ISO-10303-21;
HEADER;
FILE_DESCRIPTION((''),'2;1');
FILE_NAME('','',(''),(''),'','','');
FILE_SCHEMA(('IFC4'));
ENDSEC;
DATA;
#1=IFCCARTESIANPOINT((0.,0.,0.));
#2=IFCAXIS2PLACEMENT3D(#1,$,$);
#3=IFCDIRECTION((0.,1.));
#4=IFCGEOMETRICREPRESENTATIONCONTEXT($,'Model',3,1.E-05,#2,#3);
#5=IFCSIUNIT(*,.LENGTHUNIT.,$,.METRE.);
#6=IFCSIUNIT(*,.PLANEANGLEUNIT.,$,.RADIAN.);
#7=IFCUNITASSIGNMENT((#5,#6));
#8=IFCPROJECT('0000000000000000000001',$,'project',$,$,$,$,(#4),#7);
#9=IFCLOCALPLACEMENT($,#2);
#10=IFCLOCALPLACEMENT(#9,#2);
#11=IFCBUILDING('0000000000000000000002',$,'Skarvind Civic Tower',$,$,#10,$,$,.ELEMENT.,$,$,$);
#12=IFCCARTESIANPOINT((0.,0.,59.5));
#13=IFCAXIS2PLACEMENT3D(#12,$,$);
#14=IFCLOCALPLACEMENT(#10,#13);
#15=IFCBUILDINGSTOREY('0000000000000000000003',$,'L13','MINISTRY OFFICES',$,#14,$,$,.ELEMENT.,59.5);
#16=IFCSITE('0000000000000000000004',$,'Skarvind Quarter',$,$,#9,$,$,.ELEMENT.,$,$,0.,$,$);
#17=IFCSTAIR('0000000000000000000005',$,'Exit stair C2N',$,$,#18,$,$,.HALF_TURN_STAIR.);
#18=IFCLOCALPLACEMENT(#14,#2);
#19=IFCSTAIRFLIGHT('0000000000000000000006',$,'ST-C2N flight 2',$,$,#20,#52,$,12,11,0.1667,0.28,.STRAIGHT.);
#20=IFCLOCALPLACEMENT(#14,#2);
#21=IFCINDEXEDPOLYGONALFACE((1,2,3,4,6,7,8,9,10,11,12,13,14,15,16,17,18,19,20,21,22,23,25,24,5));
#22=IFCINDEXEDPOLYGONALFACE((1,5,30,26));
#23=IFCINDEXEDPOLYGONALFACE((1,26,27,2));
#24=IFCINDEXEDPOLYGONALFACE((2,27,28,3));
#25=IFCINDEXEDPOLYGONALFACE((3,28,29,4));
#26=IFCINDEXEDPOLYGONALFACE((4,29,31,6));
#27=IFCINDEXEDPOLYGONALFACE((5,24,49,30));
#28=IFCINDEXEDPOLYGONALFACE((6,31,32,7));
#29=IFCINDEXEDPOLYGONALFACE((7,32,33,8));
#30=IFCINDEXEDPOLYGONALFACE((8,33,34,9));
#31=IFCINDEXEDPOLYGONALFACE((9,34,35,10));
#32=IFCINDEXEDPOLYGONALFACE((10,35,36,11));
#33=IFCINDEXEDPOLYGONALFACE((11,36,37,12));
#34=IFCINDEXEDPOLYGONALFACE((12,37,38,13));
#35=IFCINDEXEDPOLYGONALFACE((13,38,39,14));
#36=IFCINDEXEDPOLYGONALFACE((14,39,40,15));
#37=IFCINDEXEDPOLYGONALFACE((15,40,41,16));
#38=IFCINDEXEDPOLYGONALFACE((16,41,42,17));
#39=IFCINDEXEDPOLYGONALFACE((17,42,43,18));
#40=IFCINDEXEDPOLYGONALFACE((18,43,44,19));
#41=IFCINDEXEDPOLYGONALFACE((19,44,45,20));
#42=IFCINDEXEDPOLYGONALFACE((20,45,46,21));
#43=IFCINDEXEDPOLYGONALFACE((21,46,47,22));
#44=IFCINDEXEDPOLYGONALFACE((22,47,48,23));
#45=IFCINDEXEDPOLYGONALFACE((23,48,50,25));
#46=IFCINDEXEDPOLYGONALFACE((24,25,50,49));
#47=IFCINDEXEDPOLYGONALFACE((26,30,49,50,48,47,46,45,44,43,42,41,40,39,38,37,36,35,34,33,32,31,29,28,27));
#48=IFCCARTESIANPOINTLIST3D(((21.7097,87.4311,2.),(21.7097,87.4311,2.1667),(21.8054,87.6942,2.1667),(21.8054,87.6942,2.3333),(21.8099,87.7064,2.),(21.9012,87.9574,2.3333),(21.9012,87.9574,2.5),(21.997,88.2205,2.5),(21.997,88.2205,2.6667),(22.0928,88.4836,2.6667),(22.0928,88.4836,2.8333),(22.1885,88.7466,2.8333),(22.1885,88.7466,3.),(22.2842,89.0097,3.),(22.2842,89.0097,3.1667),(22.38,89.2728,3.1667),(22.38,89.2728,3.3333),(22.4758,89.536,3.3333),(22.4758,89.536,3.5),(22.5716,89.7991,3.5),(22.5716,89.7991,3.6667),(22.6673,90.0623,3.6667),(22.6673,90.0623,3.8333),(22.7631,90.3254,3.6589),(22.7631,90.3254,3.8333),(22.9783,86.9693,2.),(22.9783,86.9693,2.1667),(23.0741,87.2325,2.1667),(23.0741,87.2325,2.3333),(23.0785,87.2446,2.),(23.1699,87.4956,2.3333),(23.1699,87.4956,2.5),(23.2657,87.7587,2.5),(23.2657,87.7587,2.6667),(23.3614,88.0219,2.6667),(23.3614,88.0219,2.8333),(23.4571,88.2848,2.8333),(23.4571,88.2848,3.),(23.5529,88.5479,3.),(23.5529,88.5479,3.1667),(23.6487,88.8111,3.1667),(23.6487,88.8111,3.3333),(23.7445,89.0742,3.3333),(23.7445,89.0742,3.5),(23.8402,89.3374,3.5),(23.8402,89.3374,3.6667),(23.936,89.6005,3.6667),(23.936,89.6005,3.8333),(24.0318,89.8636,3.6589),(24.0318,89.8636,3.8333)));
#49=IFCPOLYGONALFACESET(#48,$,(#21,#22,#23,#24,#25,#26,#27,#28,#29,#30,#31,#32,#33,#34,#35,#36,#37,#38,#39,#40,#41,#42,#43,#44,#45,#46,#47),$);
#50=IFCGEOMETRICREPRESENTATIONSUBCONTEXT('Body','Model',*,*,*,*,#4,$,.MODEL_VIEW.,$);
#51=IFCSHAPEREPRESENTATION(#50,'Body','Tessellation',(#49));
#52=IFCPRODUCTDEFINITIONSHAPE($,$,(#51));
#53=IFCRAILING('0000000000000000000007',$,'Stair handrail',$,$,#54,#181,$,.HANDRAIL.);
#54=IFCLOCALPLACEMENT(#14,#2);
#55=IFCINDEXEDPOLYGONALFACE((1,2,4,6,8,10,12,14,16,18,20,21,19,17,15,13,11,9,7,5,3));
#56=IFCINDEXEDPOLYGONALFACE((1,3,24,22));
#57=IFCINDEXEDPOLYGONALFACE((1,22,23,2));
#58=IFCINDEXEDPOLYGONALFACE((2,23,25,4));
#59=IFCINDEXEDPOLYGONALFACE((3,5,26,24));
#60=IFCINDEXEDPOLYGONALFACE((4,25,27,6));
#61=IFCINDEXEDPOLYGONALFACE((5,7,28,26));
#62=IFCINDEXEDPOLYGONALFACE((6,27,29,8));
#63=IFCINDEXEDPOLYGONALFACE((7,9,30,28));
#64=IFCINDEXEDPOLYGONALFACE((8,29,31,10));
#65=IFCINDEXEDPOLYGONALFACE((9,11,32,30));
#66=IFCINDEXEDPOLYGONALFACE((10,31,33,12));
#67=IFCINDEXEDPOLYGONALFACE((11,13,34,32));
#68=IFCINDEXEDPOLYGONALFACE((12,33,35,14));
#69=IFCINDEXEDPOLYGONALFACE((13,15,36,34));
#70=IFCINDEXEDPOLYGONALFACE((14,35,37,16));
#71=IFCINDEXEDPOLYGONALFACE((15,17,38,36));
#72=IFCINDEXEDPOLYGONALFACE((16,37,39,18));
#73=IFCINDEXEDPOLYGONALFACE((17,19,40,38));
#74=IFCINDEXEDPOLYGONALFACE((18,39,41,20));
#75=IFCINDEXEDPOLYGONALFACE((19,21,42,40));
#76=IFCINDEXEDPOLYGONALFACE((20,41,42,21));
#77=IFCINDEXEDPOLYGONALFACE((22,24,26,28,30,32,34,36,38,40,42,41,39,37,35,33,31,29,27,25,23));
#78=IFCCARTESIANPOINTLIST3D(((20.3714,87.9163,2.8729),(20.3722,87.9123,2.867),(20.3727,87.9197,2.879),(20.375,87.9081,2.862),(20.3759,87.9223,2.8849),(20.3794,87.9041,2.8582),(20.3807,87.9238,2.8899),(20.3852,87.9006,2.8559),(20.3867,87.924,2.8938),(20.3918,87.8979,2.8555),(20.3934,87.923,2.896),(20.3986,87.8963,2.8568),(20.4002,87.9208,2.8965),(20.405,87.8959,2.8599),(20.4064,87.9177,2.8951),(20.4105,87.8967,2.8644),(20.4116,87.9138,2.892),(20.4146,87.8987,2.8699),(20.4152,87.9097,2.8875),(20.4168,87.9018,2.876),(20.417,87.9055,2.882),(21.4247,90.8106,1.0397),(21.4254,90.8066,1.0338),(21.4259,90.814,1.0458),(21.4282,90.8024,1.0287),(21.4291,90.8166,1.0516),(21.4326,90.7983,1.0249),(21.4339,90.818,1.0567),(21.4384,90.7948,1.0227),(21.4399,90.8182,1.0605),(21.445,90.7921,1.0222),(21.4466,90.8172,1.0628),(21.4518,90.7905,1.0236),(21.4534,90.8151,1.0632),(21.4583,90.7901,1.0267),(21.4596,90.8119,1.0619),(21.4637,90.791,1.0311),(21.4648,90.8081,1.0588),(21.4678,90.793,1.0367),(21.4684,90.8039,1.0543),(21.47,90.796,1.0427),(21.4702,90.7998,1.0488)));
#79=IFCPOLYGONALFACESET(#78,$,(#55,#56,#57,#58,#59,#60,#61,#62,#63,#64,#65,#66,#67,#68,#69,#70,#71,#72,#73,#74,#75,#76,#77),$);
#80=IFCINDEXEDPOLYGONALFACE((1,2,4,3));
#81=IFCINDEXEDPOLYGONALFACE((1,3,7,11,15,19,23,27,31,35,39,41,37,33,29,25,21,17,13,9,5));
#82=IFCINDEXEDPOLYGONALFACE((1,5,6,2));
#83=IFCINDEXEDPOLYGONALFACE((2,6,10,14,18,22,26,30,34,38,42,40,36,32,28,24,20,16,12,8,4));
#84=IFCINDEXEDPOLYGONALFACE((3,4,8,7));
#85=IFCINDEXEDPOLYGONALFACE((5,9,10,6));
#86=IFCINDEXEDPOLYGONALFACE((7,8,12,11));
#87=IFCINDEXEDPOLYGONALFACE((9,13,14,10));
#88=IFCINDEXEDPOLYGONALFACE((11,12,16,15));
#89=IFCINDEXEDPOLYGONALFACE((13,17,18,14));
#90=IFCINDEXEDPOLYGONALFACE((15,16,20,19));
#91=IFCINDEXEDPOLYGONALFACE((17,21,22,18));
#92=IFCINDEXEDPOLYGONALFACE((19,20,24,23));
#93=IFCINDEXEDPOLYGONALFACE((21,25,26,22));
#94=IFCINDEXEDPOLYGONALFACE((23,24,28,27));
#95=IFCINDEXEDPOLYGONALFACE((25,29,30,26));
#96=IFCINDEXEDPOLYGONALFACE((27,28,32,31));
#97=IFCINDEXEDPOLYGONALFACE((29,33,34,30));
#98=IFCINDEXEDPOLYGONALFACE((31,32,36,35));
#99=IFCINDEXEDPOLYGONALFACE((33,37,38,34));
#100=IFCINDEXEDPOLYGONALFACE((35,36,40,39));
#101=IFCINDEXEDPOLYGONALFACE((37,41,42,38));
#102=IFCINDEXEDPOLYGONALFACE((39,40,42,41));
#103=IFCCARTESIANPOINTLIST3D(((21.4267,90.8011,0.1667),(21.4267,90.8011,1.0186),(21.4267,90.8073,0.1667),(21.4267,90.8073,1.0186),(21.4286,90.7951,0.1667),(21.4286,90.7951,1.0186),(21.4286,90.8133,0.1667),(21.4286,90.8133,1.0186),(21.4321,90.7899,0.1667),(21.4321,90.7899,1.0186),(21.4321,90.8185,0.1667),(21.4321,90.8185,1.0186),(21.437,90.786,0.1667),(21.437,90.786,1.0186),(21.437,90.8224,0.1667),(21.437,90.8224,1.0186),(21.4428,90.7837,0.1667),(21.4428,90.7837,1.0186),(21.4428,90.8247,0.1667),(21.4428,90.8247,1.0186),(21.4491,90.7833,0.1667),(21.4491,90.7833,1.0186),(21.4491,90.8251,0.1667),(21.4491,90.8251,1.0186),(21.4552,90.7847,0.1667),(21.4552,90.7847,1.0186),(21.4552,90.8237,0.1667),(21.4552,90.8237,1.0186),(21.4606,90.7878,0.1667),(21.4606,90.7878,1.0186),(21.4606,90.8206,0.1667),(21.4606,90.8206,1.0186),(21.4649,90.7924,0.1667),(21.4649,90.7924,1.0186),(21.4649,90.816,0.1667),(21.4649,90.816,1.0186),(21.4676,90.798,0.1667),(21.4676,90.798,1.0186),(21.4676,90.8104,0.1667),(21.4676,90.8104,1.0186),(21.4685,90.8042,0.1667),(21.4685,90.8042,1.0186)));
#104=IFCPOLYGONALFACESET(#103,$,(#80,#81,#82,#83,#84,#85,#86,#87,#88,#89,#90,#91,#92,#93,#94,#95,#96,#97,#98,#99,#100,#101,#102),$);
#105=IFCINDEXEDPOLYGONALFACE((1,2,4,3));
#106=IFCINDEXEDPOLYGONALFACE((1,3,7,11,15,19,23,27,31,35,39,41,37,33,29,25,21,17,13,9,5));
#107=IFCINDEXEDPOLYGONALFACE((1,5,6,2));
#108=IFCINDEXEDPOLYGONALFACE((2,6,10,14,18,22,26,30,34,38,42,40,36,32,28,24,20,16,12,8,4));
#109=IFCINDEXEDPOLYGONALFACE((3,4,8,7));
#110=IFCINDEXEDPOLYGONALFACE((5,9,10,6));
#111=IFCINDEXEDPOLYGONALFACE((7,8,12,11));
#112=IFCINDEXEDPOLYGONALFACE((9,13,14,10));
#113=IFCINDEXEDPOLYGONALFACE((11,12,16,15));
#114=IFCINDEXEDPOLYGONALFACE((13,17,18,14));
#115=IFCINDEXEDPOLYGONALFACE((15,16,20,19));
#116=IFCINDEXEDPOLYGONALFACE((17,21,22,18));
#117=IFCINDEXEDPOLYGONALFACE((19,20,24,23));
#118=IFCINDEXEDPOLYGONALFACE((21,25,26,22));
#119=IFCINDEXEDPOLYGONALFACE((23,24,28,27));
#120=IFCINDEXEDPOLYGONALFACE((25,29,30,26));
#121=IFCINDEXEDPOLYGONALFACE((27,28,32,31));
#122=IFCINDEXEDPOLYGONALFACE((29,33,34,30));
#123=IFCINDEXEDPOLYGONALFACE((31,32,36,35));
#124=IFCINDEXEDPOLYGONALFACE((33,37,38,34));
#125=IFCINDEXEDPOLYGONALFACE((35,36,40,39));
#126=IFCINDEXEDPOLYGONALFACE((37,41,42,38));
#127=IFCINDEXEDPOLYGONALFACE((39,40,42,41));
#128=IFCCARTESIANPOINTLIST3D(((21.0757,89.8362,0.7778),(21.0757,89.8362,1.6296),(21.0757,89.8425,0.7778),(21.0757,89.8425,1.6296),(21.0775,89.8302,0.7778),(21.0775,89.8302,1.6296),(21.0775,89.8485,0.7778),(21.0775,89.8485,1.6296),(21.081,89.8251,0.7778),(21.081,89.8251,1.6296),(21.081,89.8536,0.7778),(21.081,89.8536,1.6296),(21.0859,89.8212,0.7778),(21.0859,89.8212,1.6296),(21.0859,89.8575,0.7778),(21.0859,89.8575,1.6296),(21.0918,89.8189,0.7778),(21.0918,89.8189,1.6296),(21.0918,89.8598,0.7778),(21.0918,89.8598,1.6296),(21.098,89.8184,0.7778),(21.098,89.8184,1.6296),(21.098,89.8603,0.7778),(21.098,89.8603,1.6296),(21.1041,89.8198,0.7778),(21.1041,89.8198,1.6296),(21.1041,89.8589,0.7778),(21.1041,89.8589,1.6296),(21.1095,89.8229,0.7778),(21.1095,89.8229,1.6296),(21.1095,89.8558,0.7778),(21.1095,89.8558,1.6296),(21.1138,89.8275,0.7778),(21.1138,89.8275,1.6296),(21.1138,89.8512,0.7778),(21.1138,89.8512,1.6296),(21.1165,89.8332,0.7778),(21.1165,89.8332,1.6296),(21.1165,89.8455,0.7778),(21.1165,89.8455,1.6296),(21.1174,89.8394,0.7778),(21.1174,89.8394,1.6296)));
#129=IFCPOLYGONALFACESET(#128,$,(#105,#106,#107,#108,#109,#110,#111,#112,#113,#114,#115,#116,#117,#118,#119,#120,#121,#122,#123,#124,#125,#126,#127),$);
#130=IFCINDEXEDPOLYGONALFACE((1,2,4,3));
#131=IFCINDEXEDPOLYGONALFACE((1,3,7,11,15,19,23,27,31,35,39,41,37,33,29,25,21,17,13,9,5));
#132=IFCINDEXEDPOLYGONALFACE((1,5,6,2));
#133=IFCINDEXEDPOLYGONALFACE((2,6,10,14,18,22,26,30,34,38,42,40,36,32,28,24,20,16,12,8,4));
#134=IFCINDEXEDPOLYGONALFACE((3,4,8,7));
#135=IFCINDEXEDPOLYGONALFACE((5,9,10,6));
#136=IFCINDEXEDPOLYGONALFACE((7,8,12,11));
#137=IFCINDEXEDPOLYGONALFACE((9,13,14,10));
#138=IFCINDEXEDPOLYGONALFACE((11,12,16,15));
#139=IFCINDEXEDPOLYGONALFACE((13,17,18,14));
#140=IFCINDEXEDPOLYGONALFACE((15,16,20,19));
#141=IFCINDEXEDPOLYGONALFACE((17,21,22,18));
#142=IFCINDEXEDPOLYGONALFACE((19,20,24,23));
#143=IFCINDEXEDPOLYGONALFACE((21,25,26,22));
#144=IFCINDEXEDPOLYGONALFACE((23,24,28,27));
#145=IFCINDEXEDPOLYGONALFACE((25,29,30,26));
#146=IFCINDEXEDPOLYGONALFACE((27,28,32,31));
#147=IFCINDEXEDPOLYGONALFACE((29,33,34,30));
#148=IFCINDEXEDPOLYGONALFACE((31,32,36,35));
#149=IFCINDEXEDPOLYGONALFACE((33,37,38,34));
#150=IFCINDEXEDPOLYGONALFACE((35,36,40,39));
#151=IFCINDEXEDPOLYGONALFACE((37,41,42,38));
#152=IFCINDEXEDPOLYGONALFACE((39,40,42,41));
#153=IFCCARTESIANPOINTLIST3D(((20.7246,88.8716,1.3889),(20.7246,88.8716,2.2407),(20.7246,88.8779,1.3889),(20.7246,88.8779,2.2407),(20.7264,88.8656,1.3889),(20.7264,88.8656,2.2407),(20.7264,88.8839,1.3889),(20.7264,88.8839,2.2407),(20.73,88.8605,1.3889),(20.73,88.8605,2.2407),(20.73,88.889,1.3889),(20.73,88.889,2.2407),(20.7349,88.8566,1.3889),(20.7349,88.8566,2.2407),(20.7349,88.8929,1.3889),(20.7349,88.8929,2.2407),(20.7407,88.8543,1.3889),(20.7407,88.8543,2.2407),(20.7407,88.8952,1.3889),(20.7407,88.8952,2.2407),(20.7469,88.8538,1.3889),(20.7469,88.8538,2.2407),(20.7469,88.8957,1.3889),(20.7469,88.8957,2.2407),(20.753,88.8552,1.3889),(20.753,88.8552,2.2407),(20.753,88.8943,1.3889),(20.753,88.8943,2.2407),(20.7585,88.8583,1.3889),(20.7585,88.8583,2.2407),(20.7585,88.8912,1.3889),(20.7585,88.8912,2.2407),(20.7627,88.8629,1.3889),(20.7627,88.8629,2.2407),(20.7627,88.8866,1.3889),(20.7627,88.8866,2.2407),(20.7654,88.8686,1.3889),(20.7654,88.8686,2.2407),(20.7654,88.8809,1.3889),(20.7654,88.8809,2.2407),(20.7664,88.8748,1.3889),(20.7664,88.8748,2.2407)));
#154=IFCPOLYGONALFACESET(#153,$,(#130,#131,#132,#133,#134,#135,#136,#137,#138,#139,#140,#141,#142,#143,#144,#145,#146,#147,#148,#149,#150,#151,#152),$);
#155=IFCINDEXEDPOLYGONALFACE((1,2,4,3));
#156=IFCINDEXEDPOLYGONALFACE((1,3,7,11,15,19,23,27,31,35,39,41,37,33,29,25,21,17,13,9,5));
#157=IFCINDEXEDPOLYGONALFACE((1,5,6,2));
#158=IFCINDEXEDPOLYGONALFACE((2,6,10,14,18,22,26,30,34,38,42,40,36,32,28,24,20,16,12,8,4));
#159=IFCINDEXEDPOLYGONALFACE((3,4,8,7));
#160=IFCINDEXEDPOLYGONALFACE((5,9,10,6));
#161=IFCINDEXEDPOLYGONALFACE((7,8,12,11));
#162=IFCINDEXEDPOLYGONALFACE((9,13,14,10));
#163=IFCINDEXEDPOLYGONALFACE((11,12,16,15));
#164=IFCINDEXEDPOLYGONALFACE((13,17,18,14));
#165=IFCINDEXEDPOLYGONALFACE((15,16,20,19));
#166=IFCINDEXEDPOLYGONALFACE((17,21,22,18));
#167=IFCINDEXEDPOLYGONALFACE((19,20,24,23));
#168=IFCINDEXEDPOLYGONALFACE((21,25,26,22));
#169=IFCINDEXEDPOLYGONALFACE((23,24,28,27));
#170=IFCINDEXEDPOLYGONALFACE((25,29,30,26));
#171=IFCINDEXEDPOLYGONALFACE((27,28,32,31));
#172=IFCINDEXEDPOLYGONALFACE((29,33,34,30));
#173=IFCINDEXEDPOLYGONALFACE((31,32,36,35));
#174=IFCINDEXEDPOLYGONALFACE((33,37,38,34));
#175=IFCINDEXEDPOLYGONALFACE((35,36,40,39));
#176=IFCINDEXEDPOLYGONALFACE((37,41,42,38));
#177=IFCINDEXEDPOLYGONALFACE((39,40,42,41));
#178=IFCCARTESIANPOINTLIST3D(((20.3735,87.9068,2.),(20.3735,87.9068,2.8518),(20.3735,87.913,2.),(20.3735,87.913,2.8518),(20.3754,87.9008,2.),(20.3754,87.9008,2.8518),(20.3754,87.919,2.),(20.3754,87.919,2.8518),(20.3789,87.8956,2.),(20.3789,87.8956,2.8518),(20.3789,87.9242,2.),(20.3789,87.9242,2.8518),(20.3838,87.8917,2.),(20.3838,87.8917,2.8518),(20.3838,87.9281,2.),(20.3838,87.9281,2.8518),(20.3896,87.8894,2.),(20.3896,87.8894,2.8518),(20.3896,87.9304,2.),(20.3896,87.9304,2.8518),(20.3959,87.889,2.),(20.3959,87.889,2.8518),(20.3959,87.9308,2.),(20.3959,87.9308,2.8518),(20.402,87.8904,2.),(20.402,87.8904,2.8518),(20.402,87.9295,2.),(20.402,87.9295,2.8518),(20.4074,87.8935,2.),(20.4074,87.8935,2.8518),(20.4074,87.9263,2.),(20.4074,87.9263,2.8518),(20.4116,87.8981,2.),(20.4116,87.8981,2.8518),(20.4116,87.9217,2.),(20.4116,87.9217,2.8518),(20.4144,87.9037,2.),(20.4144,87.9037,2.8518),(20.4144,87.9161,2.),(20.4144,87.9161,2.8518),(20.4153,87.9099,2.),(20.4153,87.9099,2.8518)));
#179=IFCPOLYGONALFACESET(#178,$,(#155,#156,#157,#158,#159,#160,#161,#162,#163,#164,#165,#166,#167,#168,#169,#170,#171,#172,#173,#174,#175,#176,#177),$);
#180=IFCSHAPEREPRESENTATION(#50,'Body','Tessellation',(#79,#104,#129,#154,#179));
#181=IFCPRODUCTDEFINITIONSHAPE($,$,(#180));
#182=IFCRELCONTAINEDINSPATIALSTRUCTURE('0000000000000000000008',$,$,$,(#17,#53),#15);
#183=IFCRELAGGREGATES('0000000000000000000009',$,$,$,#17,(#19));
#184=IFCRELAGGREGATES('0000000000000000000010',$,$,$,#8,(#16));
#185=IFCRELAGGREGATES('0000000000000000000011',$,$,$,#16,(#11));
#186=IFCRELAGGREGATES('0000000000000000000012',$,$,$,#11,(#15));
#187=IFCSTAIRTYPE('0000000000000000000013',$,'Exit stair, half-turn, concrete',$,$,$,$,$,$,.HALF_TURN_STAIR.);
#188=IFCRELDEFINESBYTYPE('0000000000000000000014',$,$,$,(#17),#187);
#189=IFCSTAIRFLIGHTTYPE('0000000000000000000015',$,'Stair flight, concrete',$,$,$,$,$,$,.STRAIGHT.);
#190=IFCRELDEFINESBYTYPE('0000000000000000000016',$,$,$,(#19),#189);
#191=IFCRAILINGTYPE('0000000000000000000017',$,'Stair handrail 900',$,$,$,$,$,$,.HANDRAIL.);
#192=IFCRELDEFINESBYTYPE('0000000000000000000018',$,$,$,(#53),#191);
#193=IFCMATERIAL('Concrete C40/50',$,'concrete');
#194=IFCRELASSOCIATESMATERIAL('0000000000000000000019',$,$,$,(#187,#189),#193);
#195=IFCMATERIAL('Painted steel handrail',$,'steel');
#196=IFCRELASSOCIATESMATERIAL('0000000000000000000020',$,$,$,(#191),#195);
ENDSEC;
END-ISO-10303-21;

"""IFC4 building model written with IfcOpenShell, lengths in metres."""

from ifc_helpers import new_model, si_unit, direction, frame, origin, origin_2d, place, context, subcontext, project, spatial, polyline, circle, outline, extrude, material, type_object, element, aggregate, save


model = new_model("IFC4")

# Units and contexts
model_context = context("Model", 3, precision=1e-05, world=origin(), true_north=direction((0.0, 1.0)))
body_context = subcontext(model_context, "Body", "Model", "MODEL_VIEW")
ifc_project = project(units=[si_unit("LENGTHUNIT", "METRE"), si_unit("PLANEANGLEUNIT", "RADIAN")], contexts=[model_context])

# Site, building, storey
site_placement = place(None, origin())
site = spatial("IfcSite", under=ifc_project, at=site_placement, Name="Skarvind Quarter", CompositionType="ELEMENT", RefElevation=0.0)
building_placement = place(site_placement, origin())
building = spatial("IfcBuilding", under=site, at=building_placement, Name="Skarvind Civic Tower", CompositionType="ELEMENT")
storey_placement = place(building_placement, frame((0.0, 0.0, 59.5)))
storey = spatial("IfcBuildingStorey", under=building, at=storey_placement, Name="L13", Description="MINISTRY OFFICES", CompositionType="ELEMENT", Elevation=59.5)

# Stair, stair flight
ifc_material_1 = material(Name="Concrete C40/50", Category="concrete")
stair_type = type_object("IfcStairType", Name="Exit stair, half-turn, concrete", PredefinedType="HALF_TURN_STAIR", material=ifc_material_1)
stair_placement = place(storey_placement, origin())
stair = element("IfcStair", 1, at=stair_placement, inside=storey, type_object=stair_type, Name="Exit stair C2N", PredefinedType="HALF_TURN_STAIR")
stair_flight_type = type_object("IfcStairFlightType", Name="Stair flight, concrete", PredefinedType="STRAIGHT", material=ifc_material_1)
stair_flight_1_placement = place(storey_placement, frame((22.344, 87.2002, 2.0), z_axis=(0.0, 0.0, 1.0), x_axis=(0.34202, 0.939693, 0.0)))
stair_flight_1 = element("IfcStairFlight", 2, at=stair_flight_1_placement, type_object=stair_flight_type, Name="ST-C2N flight 2", NumberOfRisers=12, NumberOfTreads=11, PredefinedType="STRAIGHT", RiserHeight=0.1667, TreadLength=0.28, context=body_context, shape_type="SweptSolid", body=[
    extrude(outline(polyline([(0.0, 0.0), (0.0, 0.1667), (0.28, 0.1667), (0.28, 0.3333), (0.5601, 0.3333), (0.5601, 0.5), (0.8401, 0.5), (0.8401, 0.6667), (1.1201, 0.6667), (1.1201, 0.8333), (1.3999, 0.8333), (1.3999, 1.0), (1.6799, 1.0), (1.6799, 1.1667), (1.96, 1.1667), (1.96, 1.3333), (2.24, 1.3333), (2.24, 1.5), (2.52, 1.5), (2.52, 1.6667), (2.8, 1.6667), (2.8, 1.8333), (3.0801, 1.8333), (3.0801, 2.0), (3.0801, 1.6589), (0.293, 0.0), (0.0, 0.0)])), frame((0.0, 0.675, 0.0), z_axis=(0.0, -1.0, 0.0), x_axis=(1.0, 0.0, 0.0)), (0.0, 0.0, 1.0), 1.3501),
])
aggregate(stair, [stair_flight_1])

# Railing
ifc_material_2 = material(Name="Painted steel handrail", Category="steel")
railing_type = type_object("IfcRailingType", Name="Stair handrail 900", PredefinedType="HANDRAIL", material=ifc_material_2)
railing_1_placement = place(storey_placement, frame((21.4475, 90.8042, 0.1667)))
element("IfcRailing", 3, at=railing_1_placement, inside=storey, type_object=railing_type, Name="Stair handrail", PredefinedType="HANDRAIL", context=body_context, shape_type="SweptSolid", body=[
    extrude(circle(Radius=0.0239, at=origin_2d()), frame((0.0, 0.0, 0.876), z_axis=(-0.293846, -0.807497, 0.511472), x_axis=(0.939715, -0.341959, 0.0)), (0.0, 0.0, 1.0), 3.5842),
    extrude(circle(Radius=0.021, at=origin_2d()), origin(), (0.0, 0.0, 1.0), 0.8518),
    extrude(circle(Radius=0.021, at=origin_2d()), frame((-0.3511, -0.9648, 0.6111)), (0.0, 0.0, 1.0), 0.8518),
    extrude(circle(Radius=0.021, at=origin_2d()), frame((-0.7021, -1.9294, 1.2222)), (0.0, 0.0, 1.0), 0.8518),
    extrude(circle(Radius=0.021, at=origin_2d()), frame((-1.0532, -2.8943, 1.8333)), (0.0, 0.0, 1.0), 0.8518),
])

save(model, "model.ifc")
